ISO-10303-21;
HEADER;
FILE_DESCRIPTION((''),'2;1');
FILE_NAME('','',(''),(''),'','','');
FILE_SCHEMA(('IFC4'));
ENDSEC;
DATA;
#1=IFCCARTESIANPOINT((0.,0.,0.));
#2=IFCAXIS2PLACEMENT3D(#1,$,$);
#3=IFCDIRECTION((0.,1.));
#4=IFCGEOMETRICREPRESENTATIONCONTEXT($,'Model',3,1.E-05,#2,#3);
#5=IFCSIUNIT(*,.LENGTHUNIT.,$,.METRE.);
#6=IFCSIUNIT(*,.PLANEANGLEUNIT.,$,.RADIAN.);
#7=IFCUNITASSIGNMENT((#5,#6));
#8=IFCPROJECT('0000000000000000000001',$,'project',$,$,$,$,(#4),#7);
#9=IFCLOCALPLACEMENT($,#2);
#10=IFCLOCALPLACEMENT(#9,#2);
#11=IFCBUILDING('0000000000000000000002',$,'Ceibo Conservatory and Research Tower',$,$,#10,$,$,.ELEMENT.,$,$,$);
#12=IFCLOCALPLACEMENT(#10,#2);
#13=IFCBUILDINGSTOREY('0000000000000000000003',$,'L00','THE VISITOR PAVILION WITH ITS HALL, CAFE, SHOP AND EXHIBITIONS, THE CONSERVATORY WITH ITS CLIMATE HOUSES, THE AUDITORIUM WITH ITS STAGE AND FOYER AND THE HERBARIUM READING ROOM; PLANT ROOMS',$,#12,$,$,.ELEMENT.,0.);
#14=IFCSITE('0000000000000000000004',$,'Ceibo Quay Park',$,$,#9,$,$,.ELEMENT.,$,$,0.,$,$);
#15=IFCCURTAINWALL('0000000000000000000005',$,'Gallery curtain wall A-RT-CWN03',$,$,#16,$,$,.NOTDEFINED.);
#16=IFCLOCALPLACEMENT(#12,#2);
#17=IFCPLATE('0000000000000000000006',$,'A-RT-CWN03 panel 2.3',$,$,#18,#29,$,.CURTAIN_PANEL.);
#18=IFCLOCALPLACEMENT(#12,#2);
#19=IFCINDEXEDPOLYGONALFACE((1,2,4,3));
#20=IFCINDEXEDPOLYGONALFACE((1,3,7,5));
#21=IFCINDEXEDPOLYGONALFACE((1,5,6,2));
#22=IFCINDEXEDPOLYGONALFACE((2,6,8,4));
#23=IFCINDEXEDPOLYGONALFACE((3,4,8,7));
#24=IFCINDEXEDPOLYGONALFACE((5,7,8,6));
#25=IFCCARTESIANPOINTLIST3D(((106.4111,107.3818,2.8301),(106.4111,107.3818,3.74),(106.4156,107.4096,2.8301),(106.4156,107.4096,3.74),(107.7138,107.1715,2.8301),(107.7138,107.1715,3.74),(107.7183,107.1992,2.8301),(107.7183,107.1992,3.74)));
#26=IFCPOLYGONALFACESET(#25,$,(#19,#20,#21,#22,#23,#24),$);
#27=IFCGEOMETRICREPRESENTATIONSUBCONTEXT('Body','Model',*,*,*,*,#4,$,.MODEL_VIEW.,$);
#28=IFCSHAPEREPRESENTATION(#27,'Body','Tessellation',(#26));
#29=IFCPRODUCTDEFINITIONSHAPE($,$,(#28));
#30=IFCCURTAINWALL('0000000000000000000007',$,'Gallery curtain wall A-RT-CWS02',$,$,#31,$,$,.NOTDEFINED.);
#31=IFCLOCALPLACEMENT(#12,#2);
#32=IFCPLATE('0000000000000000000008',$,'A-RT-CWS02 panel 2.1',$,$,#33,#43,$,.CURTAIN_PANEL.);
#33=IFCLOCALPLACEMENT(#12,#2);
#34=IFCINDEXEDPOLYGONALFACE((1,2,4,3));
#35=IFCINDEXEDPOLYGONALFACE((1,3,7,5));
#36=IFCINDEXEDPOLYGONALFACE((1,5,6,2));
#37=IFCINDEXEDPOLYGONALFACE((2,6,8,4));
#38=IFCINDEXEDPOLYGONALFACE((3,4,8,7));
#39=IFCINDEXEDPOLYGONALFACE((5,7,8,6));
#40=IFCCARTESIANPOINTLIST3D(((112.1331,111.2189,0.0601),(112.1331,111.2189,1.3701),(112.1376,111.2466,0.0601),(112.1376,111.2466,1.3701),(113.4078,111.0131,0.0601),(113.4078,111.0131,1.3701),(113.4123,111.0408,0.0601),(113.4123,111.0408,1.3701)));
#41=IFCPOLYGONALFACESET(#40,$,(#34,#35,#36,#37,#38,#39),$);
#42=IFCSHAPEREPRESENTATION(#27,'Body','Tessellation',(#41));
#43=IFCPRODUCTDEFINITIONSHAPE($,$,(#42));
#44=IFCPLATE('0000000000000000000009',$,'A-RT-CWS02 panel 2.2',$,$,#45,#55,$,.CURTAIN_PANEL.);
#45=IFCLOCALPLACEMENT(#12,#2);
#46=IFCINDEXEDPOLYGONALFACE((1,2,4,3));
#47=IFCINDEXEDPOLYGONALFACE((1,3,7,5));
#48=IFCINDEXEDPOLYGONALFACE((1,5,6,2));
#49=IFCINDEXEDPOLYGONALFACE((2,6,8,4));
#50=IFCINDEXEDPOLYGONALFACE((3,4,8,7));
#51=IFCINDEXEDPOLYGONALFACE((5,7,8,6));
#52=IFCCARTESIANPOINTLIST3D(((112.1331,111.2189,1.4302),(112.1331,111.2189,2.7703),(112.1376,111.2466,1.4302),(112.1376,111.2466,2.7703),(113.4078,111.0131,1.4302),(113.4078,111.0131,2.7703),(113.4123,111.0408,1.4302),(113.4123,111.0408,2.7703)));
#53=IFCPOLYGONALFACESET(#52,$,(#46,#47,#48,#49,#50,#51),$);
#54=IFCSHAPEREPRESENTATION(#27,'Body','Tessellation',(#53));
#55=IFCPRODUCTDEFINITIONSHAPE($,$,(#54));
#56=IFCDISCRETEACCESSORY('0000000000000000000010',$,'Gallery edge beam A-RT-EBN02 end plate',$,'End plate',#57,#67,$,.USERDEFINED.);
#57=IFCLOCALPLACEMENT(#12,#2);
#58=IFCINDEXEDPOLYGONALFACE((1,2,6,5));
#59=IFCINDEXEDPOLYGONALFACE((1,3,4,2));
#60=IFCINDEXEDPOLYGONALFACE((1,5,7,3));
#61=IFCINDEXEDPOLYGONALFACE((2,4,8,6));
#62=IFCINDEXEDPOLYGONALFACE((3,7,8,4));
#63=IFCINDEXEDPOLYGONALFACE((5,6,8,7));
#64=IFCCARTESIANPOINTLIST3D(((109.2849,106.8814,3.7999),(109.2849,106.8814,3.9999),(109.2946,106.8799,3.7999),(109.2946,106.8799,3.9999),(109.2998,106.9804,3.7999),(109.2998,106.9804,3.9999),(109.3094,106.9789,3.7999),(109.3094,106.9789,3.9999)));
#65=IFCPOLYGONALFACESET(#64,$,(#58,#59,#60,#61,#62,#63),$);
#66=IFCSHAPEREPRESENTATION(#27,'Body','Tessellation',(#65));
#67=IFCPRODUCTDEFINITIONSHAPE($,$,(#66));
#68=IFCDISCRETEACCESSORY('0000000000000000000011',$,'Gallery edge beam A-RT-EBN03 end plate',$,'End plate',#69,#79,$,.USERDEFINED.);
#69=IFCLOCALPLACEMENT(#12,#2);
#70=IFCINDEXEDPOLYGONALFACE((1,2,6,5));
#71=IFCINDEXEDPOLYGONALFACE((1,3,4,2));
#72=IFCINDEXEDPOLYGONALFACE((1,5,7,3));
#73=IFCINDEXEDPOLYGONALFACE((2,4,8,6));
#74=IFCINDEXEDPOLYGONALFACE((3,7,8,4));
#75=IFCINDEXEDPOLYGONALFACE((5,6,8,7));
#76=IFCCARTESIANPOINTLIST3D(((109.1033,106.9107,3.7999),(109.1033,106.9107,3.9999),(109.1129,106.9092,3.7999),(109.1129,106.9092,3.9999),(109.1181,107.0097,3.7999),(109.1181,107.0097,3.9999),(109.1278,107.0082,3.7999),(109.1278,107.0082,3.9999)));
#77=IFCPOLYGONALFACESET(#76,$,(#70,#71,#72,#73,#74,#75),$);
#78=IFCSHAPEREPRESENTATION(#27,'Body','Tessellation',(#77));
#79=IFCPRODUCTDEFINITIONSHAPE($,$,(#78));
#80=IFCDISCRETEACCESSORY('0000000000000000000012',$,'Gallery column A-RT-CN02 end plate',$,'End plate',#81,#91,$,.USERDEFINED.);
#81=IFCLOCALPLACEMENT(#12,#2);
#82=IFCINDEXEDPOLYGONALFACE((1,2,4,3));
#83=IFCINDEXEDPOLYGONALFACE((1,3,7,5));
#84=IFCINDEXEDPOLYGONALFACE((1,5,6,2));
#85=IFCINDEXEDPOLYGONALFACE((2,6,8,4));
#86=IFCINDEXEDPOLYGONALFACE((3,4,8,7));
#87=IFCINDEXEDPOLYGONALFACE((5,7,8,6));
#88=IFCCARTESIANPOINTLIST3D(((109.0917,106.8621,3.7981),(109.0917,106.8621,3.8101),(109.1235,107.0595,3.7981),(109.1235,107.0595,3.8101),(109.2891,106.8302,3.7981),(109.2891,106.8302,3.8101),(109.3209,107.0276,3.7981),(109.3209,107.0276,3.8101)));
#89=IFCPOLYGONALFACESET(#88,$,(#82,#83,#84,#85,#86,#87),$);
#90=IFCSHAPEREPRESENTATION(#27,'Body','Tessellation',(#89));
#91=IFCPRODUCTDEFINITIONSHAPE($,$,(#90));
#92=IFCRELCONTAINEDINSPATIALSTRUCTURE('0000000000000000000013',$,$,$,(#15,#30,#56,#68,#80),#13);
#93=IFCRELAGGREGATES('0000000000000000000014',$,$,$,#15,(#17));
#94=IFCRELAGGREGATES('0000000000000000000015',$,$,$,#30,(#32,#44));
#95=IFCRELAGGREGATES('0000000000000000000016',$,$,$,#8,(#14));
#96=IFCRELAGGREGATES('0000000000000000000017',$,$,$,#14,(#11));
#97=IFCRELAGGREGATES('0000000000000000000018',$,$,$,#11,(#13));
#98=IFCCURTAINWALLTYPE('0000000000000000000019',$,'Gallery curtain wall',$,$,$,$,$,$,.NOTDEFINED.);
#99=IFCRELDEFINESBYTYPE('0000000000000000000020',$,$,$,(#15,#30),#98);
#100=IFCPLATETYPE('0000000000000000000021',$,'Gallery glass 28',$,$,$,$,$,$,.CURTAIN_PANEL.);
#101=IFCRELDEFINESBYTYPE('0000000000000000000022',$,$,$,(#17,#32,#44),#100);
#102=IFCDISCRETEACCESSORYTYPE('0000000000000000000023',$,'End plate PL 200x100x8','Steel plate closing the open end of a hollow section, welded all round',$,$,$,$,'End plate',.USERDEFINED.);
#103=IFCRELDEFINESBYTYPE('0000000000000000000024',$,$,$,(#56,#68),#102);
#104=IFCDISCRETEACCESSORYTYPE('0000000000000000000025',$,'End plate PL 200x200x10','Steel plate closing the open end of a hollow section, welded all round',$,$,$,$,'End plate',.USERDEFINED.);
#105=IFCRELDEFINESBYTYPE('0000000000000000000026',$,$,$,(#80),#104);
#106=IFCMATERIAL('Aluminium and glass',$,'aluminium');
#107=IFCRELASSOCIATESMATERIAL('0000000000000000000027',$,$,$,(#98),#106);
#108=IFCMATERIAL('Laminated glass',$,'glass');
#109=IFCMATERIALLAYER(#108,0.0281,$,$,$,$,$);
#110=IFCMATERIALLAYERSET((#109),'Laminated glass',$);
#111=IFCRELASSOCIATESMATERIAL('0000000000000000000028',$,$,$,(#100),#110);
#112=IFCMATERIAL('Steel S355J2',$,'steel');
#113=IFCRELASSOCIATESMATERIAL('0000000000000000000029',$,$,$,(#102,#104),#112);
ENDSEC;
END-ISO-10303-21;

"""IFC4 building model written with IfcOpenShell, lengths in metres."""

from ifc_helpers import new_model, si_unit, direction, frame, origin, origin_2d, place, context, subcontext, project, spatial, rectangle, extrude, material, layer, layer_set, material_profile, profile_set, type_object, element, aggregate, save


model = new_model("IFC4")

# Units and contexts
model_context = context("Model", 3, precision=1e-05, world=origin(), true_north=direction((0.0, 1.0)))
body_context = subcontext(model_context, "Body", "Model", "MODEL_VIEW")
ifc_project = project(units=[si_unit("LENGTHUNIT", "METRE"), si_unit("PLANEANGLEUNIT", "RADIAN")], contexts=[model_context])

# Site, building, storey
site_placement = place(None, origin())
site = spatial("IfcSite", under=ifc_project, at=site_placement, Name="Ceibo Quay Park", CompositionType="ELEMENT", RefElevation=0.0)
building_placement = place(site_placement, origin())
building = spatial("IfcBuilding", under=site, at=building_placement, Name="Ceibo Conservatory and Research Tower", CompositionType="ELEMENT")
storey_placement = place(building_placement, origin())
storey = spatial("IfcBuildingStorey", under=building, at=storey_placement, Name="L00", Description="THE VISITOR PAVILION WITH ITS HALL, CAFE, SHOP AND EXHIBITIONS, THE CONSERVATORY WITH ITS CLIMATE HOUSES, THE AUDITORIUM WITH ITS STAGE AND FOYER AND THE HERBARIUM READING ROOM; PLANT ROOMS", CompositionType="ELEMENT", Elevation=0.0)

# Shared definitions
ifc_material_1 = material(Name="Aluminium and glass", Category="aluminium")
curtain_wall_type = type_object("IfcCurtainWallType", Name="Gallery curtain wall", PredefinedType="NOTDEFINED", material=ifc_material_1)

# Curtain wall
curtain_wall_1_placement = place(storey_placement, origin())
curtain_wall_1 = element("IfcCurtainWall", 1, at=curtain_wall_1_placement, inside=storey, type_object=curtain_wall_type, Name="Gallery curtain wall A-RT-CWN03", PredefinedType="NOTDEFINED")

# Shared definitions
ifc_material_2 = material(Name="Steel S355J2", Category="steel")

# Plate
ifc_material_3 = material(Name="Laminated glass", Category="glass")
ifc_layer = layer(ifc_material_3, 0.0281)
ifc_layer_set = layer_set([ifc_layer], Name="Laminated glass")
plate_type = type_object("IfcPlateType", Name="Gallery glass 28", PredefinedType="CURTAIN_PANEL", material=ifc_layer_set)
plate_1_placement = place(storey_placement, frame((107.0647, 107.2905, 2.8301), z_axis=(0.0, 0.0, 1.0), x_axis=(-0.987216, 0.159391, 0.0)))
plate_1 = element("IfcPlate", 2, at=plate_1_placement, type_object=plate_type, Name="A-RT-CWN03 panel 2.3", PredefinedType="CURTAIN_PANEL", context=body_context, shape_type="SweptSolid", body=[
    extrude(rectangle(XDim=1.3196, YDim=0.0281, at=origin_2d()), origin(), (0.0, 0.0, 1.0), 0.9099),
])
aggregate(curtain_wall_1, [plate_1])

# Curtain wall, plates
curtain_wall_2_placement = place(storey_placement, origin())
curtain_wall_2 = element("IfcCurtainWall", 3, at=curtain_wall_2_placement, inside=storey, type_object=curtain_wall_type, Name="Gallery curtain wall A-RT-CWS02", PredefinedType="NOTDEFINED")
plate_2_placement = place(storey_placement, frame((112.7727, 111.1299, 0.0601), z_axis=(0.0, 0.0, 1.0), x_axis=(-0.987216, 0.159391, 0.0)))
plate_2 = element("IfcPlate", 4, at=plate_2_placement, type_object=plate_type, Name="A-RT-CWS02 panel 2.1", PredefinedType="CURTAIN_PANEL", context=body_context, shape_type="SweptSolid", body=[
    extrude(rectangle(XDim=1.2913, YDim=0.0281, at=origin_2d()), origin(), (0.0, 0.0, 1.0), 1.3101),
])
plate_3_placement = place(storey_placement, frame((112.7727, 111.1299, 1.4302), z_axis=(0.0, 0.0, 1.0), x_axis=(-0.987216, 0.159391, 0.0)))
plate_3 = element("IfcPlate", 5, at=plate_3_placement, type_object=plate_type, Name="A-RT-CWS02 panel 2.2", PredefinedType="CURTAIN_PANEL", context=body_context, shape_type="SweptSolid", body=[
    extrude(rectangle(XDim=1.2913, YDim=0.0281, at=origin_2d()), origin(), (0.0, 0.0, 1.0), 1.3401),
])
aggregate(curtain_wall_2, [plate_2, plate_3])

# Discrete accessories
ifc_material_profile_1 = material_profile(ifc_material_2, rectangle(XDim=0.1001, YDim=0.2, at=origin_2d()), Name="End plate PL 200x100x8")
ifc_profile_set_1 = profile_set([ifc_material_profile_1], Name="Steel S355J2")
discrete_accessory_type_1 = type_object("IfcDiscreteAccessoryType", Name="End plate PL 200x100x8", Description="Steel plate closing the open end of a hollow section, welded all round", ElementType="End plate", PredefinedType="USERDEFINED", material=ifc_profile_set_1)
for number, where, z_axis, x_axis, name in (
    (6, (109.302, 106.9294, 3.8999), (-0.988936, 0.14834, 0.0), (-0.14834, -0.988936, 0.0), "Gallery edge beam A-RT-EBN02 end plate"),
    (7, (109.1204, 106.9587, 3.8999), (-0.988936, 0.14834, 0.0), (-0.14834, -0.988936, 0.0), "Gallery edge beam A-RT-EBN03 end plate"),
):
    element("IfcDiscreteAccessory", number, at=place(storey_placement, frame(where, z_axis=z_axis, x_axis=x_axis)), inside=storey, type_object=discrete_accessory_type_1, Name=name, ObjectType="End plate", PredefinedType="USERDEFINED", context=body_context, shape_type="SweptSolid", body=[
        extrude(rectangle(XDim=0.1001, YDim=0.2, at=origin_2d()), origin(), (0.0, 0.0, 1.0), 0.0098),
    ])
ifc_material_profile_2 = material_profile(ifc_material_2, rectangle(XDim=0.2, YDim=0.2, at=origin_2d()), Name="End plate PL 200x200x10")
ifc_profile_set_2 = profile_set([ifc_material_profile_2], Name="Steel S355J2")
discrete_accessory_type_2 = type_object("IfcDiscreteAccessoryType", Name="End plate PL 200x200x10", Description="Steel plate closing the open end of a hollow section, welded all round", ElementType="End plate", PredefinedType="USERDEFINED", material=ifc_profile_set_2)
discrete_accessory_placement = place(storey_placement, frame((109.2063, 106.9448, 3.7981), z_axis=(0.0, 0.0, 1.0), x_axis=(-0.987216, 0.159391, 0.0)))
element("IfcDiscreteAccessory", 8, at=discrete_accessory_placement, inside=storey, type_object=discrete_accessory_type_2, Name="Gallery column A-RT-CN02 end plate", ObjectType="End plate", PredefinedType="USERDEFINED", context=body_context, shape_type="SweptSolid", body=[
    extrude(rectangle(XDim=0.2, YDim=0.2, at=origin_2d()), origin(), (0.0, 0.0, 1.0), 0.012),
])

save(model, "model.ifc")
